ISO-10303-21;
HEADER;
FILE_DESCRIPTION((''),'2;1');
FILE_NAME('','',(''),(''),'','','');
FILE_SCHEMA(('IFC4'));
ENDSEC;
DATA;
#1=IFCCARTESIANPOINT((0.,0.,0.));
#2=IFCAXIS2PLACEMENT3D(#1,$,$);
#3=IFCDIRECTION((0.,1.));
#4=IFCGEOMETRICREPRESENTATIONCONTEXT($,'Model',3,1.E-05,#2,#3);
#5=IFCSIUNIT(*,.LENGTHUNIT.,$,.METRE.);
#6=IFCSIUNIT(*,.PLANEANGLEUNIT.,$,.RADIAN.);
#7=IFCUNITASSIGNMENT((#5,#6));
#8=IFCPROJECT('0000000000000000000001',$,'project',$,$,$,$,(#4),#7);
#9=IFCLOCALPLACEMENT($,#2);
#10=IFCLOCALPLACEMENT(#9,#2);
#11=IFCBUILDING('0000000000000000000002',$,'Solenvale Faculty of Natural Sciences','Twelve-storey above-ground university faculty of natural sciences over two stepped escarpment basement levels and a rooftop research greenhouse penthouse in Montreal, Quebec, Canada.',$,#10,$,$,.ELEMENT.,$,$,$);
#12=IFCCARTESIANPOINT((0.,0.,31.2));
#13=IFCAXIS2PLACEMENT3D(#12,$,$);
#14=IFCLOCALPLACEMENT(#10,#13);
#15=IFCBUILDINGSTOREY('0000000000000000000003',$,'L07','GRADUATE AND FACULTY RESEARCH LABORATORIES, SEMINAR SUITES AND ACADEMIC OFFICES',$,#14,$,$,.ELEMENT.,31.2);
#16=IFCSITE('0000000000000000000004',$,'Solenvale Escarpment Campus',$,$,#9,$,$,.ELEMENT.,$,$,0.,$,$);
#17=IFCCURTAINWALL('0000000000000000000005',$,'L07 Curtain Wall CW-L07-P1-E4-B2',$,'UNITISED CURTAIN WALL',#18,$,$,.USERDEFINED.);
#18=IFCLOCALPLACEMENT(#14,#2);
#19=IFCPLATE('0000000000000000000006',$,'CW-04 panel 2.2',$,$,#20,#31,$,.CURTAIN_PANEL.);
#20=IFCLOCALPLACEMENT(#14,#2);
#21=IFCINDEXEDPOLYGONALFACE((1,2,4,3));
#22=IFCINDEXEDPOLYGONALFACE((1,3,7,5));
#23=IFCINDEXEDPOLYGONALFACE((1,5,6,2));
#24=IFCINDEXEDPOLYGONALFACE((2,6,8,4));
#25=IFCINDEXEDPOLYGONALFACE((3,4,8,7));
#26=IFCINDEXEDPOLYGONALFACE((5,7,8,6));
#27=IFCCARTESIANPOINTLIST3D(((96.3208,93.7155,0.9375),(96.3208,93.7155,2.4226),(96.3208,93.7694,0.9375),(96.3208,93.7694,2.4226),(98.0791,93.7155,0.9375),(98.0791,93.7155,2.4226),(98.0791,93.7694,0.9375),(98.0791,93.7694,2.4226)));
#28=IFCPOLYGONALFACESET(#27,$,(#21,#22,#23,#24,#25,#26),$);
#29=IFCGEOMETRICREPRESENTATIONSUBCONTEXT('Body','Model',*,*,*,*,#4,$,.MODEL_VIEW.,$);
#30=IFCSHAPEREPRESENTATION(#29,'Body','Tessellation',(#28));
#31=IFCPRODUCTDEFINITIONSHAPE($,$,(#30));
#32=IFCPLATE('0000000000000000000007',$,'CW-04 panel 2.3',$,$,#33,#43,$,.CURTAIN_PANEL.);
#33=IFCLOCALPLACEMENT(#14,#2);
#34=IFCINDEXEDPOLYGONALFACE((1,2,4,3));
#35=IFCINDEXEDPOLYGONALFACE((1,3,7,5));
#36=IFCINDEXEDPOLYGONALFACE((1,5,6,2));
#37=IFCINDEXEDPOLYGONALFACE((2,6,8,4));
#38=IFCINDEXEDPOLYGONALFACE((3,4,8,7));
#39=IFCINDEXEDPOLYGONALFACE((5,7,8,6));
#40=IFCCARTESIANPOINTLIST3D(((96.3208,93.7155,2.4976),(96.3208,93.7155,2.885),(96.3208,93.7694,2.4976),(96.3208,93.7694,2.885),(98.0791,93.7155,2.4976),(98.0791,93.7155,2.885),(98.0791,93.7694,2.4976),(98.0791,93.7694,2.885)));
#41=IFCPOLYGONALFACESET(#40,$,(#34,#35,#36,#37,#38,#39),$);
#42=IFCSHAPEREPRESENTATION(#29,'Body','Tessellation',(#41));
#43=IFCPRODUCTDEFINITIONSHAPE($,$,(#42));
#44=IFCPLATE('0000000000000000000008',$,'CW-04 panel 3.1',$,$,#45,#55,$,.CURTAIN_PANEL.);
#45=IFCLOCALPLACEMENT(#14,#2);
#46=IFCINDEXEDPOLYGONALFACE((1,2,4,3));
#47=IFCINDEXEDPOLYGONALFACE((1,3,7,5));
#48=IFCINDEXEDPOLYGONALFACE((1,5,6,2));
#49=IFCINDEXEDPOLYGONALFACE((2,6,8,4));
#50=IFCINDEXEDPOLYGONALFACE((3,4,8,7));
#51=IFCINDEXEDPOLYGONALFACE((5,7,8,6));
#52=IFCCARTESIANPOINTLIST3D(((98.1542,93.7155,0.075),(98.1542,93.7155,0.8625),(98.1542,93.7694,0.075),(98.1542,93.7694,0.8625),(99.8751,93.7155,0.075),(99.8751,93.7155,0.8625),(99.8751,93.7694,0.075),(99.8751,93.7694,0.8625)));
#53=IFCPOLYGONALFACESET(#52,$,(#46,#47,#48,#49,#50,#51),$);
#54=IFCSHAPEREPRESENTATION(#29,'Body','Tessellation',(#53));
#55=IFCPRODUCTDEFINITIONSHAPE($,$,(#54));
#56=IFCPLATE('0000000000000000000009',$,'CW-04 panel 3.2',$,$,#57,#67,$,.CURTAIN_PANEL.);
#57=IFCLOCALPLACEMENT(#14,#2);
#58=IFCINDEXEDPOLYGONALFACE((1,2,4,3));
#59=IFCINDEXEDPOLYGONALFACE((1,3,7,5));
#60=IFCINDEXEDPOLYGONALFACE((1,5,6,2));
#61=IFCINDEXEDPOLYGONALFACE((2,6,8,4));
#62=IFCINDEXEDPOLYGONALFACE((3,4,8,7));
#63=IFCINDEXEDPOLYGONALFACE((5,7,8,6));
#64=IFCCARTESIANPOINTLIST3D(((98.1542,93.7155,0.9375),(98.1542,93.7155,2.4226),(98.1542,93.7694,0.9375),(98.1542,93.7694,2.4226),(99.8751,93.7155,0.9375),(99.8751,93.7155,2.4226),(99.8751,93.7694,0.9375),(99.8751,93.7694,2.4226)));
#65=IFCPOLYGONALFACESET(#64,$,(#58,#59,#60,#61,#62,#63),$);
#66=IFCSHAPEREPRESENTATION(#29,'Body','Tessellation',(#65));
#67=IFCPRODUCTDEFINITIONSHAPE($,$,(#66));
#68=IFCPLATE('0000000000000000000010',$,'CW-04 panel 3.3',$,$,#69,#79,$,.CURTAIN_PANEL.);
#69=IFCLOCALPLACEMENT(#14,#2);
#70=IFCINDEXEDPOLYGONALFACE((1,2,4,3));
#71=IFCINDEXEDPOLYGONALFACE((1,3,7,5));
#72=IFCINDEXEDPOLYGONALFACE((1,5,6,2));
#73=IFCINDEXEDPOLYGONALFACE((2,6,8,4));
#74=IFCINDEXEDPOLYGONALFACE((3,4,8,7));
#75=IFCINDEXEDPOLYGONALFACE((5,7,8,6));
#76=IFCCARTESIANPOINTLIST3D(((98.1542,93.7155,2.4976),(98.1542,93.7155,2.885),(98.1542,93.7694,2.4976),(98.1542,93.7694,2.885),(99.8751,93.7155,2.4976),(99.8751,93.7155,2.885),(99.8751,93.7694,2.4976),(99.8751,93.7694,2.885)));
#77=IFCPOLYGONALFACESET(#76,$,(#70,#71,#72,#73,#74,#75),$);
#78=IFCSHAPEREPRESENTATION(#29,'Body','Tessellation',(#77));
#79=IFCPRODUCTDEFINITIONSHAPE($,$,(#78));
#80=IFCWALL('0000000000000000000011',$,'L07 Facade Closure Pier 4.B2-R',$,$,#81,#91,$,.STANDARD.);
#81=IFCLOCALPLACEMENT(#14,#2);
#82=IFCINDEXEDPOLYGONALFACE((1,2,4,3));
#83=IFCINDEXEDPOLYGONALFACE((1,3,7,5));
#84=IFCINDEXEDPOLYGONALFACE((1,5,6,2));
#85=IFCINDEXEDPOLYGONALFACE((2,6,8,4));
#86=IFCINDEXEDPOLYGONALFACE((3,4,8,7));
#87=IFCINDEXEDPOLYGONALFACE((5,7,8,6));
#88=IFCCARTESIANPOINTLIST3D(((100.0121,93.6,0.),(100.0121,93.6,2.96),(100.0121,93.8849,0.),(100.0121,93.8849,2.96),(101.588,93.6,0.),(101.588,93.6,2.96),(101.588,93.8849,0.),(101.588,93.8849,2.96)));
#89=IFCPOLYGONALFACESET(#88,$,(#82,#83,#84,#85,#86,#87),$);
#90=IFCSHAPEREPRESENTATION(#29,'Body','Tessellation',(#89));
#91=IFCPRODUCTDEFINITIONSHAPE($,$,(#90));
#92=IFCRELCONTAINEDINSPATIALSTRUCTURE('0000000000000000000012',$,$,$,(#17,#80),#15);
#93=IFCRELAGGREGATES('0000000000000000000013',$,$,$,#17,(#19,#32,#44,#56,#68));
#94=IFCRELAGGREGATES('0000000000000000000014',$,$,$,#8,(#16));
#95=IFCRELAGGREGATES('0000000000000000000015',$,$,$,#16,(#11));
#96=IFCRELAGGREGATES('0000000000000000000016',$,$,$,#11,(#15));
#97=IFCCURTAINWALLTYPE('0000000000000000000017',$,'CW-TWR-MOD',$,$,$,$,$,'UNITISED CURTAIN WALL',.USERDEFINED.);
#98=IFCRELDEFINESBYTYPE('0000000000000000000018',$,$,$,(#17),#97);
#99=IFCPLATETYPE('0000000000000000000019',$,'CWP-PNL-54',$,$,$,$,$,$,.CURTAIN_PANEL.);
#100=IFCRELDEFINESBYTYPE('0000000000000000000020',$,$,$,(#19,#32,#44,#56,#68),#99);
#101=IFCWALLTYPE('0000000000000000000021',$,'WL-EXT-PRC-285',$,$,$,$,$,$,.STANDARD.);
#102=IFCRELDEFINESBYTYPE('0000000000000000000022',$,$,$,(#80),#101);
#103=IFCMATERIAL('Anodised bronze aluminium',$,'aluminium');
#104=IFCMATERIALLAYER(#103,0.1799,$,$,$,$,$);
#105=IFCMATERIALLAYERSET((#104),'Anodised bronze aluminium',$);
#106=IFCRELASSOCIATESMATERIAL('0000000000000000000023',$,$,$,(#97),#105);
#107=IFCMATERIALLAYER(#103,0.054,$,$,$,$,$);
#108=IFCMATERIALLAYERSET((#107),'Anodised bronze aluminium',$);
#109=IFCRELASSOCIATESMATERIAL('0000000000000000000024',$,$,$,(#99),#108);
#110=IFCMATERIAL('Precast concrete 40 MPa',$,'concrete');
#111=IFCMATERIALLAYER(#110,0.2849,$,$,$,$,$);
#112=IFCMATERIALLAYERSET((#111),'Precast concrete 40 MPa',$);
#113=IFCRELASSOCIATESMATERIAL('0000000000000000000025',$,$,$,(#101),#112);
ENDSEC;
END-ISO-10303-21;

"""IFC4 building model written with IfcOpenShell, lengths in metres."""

from ifc_helpers import new_model, si_unit, direction, frame, frame_2d, origin, origin_2d, place, context, subcontext, project, spatial, rectangle, extrude, material, layer, layer_set, type_object, element, aggregate, save


model = new_model("IFC4")

# Units and contexts
model_context = context("Model", 3, precision=1e-05, world=origin(), true_north=direction((0.0, 1.0)))
body_context = subcontext(model_context, "Body", "Model", "MODEL_VIEW")
ifc_project = project(units=[si_unit("LENGTHUNIT", "METRE"), si_unit("PLANEANGLEUNIT", "RADIAN")], contexts=[model_context])

# Site, building, storey
site_placement = place(None, origin())
site = spatial("IfcSite", under=ifc_project, at=site_placement, Name="Solenvale Escarpment Campus", CompositionType="ELEMENT", RefElevation=0.0)
building_placement = place(site_placement, origin())
building = spatial("IfcBuilding", under=site, at=building_placement, Name="Solenvale Faculty of Natural Sciences", Description="Twelve-storey above-ground university faculty of natural sciences over two stepped escarpment basement levels and a rooftop research greenhouse penthouse in Montreal, Quebec, Canada.", CompositionType="ELEMENT")
storey_placement = place(building_placement, frame((0.0, 0.0, 31.2)))
storey = spatial("IfcBuildingStorey", under=building, at=storey_placement, Name="L07", Description="GRADUATE AND FACULTY RESEARCH LABORATORIES, SEMINAR SUITES AND ACADEMIC OFFICES", CompositionType="ELEMENT", Elevation=31.2)

# Curtain wall, plates
ifc_material_1 = material(Name="Anodised bronze aluminium", Category="aluminium")
ifc_layer_1 = layer(ifc_material_1, 0.1799)
ifc_layer_set_1 = layer_set([ifc_layer_1], Name="Anodised bronze aluminium")
curtain_wall_type = type_object("IfcCurtainWallType", Name="CW-TWR-MOD", ElementType="UNITISED CURTAIN WALL", PredefinedType="USERDEFINED", material=ifc_layer_set_1)
curtain_wall_placement = place(storey_placement, origin())
curtain_wall = element("IfcCurtainWall", 1, at=curtain_wall_placement, inside=storey, type_object=curtain_wall_type, Name="L07 Curtain Wall CW-L07-P1-E4-B2", ObjectType="UNITISED CURTAIN WALL", PredefinedType="USERDEFINED")
ifc_layer_2 = layer(ifc_material_1, 0.054)
ifc_layer_set_2 = layer_set([ifc_layer_2], Name="Anodised bronze aluminium")
plate_type = type_object("IfcPlateType", Name="CWP-PNL-54", PredefinedType="CURTAIN_PANEL", material=ifc_layer_set_2)
plate_1_placement = place(storey_placement, frame((97.2, 93.7424, 0.9375), z_axis=(0.0, 0.0, 1.0), x_axis=(1.0, 0.0, 0.0)))
plate_1 = element("IfcPlate", 2, at=plate_1_placement, type_object=plate_type, Name="CW-04 panel 2.2", PredefinedType="CURTAIN_PANEL", context=body_context, shape_type="SweptSolid", body=[
    extrude(rectangle(XDim=1.7583, YDim=0.054, at=origin_2d()), origin(), (0.0, 0.0, 1.0), 1.4851),
])
plate_2_placement = place(storey_placement, frame((97.2, 93.7424, 2.4976), z_axis=(0.0, 0.0, 1.0), x_axis=(1.0, 0.0, 0.0)))
plate_2 = element("IfcPlate", 3, at=plate_2_placement, type_object=plate_type, Name="CW-04 panel 2.3", PredefinedType="CURTAIN_PANEL", context=body_context, shape_type="SweptSolid", body=[
    extrude(rectangle(XDim=1.7583, YDim=0.054, at=origin_2d()), origin(), (0.0, 0.0, 1.0), 0.3875),
])
plate_3_placement = place(storey_placement, frame((99.0146, 93.7424, 0.075), z_axis=(0.0, 0.0, 1.0), x_axis=(1.0, 0.0, 0.0)))
plate_3 = element("IfcPlate", 4, at=plate_3_placement, type_object=plate_type, Name="CW-04 panel 3.1", PredefinedType="CURTAIN_PANEL", context=body_context, shape_type="SweptSolid", body=[
    extrude(rectangle(XDim=1.7209, YDim=0.054, at=origin_2d()), origin(), (0.0, 0.0, 1.0), 0.7876),
])
plate_4_placement = place(storey_placement, frame((99.0146, 93.7424, 0.9375), z_axis=(0.0, 0.0, 1.0), x_axis=(1.0, 0.0, 0.0)))
plate_4 = element("IfcPlate", 5, at=plate_4_placement, type_object=plate_type, Name="CW-04 panel 3.2", PredefinedType="CURTAIN_PANEL", context=body_context, shape_type="SweptSolid", body=[
    extrude(rectangle(XDim=1.7209, YDim=0.054, at=origin_2d()), origin(), (0.0, 0.0, 1.0), 1.4851),
])
plate_5_placement = place(storey_placement, frame((99.0146, 93.7424, 2.4976), z_axis=(0.0, 0.0, 1.0), x_axis=(1.0, 0.0, 0.0)))
plate_5 = element("IfcPlate", 6, at=plate_5_placement, type_object=plate_type, Name="CW-04 panel 3.3", PredefinedType="CURTAIN_PANEL", context=body_context, shape_type="SweptSolid", body=[
    extrude(rectangle(XDim=1.7209, YDim=0.054, at=origin_2d()), origin(), (0.0, 0.0, 1.0), 0.3875),
])
aggregate(curtain_wall, [plate_1, plate_2, plate_3, plate_4, plate_5])

# Wall
ifc_material_2 = material(Name="Precast concrete 40 MPa", Category="concrete")
ifc_layer_3 = layer(ifc_material_2, 0.2849)
ifc_layer_set_3 = layer_set([ifc_layer_3], Name="Precast concrete 40 MPa")
wall_type = type_object("IfcWallType", Name="WL-EXT-PRC-285", PredefinedType="STANDARD", material=ifc_layer_set_3)
wall_placement = place(storey_placement, frame((100.012, 93.7424, 0.0), z_axis=(0.0, 0.0, 1.0), x_axis=(1.0, 0.0, 0.0)))
element("IfcWall", 7, at=wall_placement, inside=storey, type_object=wall_type, Name="L07 Facade Closure Pier 4.B2-R", PredefinedType="STANDARD", context=body_context, shape_type="SweptSolid", body=[
    extrude(rectangle(XDim=1.5759, YDim=0.2849, at=frame_2d((0.7881, 0.0))), origin(), (0.0, 0.0, 1.0), 2.96),
])

save(model, "model.ifc")
